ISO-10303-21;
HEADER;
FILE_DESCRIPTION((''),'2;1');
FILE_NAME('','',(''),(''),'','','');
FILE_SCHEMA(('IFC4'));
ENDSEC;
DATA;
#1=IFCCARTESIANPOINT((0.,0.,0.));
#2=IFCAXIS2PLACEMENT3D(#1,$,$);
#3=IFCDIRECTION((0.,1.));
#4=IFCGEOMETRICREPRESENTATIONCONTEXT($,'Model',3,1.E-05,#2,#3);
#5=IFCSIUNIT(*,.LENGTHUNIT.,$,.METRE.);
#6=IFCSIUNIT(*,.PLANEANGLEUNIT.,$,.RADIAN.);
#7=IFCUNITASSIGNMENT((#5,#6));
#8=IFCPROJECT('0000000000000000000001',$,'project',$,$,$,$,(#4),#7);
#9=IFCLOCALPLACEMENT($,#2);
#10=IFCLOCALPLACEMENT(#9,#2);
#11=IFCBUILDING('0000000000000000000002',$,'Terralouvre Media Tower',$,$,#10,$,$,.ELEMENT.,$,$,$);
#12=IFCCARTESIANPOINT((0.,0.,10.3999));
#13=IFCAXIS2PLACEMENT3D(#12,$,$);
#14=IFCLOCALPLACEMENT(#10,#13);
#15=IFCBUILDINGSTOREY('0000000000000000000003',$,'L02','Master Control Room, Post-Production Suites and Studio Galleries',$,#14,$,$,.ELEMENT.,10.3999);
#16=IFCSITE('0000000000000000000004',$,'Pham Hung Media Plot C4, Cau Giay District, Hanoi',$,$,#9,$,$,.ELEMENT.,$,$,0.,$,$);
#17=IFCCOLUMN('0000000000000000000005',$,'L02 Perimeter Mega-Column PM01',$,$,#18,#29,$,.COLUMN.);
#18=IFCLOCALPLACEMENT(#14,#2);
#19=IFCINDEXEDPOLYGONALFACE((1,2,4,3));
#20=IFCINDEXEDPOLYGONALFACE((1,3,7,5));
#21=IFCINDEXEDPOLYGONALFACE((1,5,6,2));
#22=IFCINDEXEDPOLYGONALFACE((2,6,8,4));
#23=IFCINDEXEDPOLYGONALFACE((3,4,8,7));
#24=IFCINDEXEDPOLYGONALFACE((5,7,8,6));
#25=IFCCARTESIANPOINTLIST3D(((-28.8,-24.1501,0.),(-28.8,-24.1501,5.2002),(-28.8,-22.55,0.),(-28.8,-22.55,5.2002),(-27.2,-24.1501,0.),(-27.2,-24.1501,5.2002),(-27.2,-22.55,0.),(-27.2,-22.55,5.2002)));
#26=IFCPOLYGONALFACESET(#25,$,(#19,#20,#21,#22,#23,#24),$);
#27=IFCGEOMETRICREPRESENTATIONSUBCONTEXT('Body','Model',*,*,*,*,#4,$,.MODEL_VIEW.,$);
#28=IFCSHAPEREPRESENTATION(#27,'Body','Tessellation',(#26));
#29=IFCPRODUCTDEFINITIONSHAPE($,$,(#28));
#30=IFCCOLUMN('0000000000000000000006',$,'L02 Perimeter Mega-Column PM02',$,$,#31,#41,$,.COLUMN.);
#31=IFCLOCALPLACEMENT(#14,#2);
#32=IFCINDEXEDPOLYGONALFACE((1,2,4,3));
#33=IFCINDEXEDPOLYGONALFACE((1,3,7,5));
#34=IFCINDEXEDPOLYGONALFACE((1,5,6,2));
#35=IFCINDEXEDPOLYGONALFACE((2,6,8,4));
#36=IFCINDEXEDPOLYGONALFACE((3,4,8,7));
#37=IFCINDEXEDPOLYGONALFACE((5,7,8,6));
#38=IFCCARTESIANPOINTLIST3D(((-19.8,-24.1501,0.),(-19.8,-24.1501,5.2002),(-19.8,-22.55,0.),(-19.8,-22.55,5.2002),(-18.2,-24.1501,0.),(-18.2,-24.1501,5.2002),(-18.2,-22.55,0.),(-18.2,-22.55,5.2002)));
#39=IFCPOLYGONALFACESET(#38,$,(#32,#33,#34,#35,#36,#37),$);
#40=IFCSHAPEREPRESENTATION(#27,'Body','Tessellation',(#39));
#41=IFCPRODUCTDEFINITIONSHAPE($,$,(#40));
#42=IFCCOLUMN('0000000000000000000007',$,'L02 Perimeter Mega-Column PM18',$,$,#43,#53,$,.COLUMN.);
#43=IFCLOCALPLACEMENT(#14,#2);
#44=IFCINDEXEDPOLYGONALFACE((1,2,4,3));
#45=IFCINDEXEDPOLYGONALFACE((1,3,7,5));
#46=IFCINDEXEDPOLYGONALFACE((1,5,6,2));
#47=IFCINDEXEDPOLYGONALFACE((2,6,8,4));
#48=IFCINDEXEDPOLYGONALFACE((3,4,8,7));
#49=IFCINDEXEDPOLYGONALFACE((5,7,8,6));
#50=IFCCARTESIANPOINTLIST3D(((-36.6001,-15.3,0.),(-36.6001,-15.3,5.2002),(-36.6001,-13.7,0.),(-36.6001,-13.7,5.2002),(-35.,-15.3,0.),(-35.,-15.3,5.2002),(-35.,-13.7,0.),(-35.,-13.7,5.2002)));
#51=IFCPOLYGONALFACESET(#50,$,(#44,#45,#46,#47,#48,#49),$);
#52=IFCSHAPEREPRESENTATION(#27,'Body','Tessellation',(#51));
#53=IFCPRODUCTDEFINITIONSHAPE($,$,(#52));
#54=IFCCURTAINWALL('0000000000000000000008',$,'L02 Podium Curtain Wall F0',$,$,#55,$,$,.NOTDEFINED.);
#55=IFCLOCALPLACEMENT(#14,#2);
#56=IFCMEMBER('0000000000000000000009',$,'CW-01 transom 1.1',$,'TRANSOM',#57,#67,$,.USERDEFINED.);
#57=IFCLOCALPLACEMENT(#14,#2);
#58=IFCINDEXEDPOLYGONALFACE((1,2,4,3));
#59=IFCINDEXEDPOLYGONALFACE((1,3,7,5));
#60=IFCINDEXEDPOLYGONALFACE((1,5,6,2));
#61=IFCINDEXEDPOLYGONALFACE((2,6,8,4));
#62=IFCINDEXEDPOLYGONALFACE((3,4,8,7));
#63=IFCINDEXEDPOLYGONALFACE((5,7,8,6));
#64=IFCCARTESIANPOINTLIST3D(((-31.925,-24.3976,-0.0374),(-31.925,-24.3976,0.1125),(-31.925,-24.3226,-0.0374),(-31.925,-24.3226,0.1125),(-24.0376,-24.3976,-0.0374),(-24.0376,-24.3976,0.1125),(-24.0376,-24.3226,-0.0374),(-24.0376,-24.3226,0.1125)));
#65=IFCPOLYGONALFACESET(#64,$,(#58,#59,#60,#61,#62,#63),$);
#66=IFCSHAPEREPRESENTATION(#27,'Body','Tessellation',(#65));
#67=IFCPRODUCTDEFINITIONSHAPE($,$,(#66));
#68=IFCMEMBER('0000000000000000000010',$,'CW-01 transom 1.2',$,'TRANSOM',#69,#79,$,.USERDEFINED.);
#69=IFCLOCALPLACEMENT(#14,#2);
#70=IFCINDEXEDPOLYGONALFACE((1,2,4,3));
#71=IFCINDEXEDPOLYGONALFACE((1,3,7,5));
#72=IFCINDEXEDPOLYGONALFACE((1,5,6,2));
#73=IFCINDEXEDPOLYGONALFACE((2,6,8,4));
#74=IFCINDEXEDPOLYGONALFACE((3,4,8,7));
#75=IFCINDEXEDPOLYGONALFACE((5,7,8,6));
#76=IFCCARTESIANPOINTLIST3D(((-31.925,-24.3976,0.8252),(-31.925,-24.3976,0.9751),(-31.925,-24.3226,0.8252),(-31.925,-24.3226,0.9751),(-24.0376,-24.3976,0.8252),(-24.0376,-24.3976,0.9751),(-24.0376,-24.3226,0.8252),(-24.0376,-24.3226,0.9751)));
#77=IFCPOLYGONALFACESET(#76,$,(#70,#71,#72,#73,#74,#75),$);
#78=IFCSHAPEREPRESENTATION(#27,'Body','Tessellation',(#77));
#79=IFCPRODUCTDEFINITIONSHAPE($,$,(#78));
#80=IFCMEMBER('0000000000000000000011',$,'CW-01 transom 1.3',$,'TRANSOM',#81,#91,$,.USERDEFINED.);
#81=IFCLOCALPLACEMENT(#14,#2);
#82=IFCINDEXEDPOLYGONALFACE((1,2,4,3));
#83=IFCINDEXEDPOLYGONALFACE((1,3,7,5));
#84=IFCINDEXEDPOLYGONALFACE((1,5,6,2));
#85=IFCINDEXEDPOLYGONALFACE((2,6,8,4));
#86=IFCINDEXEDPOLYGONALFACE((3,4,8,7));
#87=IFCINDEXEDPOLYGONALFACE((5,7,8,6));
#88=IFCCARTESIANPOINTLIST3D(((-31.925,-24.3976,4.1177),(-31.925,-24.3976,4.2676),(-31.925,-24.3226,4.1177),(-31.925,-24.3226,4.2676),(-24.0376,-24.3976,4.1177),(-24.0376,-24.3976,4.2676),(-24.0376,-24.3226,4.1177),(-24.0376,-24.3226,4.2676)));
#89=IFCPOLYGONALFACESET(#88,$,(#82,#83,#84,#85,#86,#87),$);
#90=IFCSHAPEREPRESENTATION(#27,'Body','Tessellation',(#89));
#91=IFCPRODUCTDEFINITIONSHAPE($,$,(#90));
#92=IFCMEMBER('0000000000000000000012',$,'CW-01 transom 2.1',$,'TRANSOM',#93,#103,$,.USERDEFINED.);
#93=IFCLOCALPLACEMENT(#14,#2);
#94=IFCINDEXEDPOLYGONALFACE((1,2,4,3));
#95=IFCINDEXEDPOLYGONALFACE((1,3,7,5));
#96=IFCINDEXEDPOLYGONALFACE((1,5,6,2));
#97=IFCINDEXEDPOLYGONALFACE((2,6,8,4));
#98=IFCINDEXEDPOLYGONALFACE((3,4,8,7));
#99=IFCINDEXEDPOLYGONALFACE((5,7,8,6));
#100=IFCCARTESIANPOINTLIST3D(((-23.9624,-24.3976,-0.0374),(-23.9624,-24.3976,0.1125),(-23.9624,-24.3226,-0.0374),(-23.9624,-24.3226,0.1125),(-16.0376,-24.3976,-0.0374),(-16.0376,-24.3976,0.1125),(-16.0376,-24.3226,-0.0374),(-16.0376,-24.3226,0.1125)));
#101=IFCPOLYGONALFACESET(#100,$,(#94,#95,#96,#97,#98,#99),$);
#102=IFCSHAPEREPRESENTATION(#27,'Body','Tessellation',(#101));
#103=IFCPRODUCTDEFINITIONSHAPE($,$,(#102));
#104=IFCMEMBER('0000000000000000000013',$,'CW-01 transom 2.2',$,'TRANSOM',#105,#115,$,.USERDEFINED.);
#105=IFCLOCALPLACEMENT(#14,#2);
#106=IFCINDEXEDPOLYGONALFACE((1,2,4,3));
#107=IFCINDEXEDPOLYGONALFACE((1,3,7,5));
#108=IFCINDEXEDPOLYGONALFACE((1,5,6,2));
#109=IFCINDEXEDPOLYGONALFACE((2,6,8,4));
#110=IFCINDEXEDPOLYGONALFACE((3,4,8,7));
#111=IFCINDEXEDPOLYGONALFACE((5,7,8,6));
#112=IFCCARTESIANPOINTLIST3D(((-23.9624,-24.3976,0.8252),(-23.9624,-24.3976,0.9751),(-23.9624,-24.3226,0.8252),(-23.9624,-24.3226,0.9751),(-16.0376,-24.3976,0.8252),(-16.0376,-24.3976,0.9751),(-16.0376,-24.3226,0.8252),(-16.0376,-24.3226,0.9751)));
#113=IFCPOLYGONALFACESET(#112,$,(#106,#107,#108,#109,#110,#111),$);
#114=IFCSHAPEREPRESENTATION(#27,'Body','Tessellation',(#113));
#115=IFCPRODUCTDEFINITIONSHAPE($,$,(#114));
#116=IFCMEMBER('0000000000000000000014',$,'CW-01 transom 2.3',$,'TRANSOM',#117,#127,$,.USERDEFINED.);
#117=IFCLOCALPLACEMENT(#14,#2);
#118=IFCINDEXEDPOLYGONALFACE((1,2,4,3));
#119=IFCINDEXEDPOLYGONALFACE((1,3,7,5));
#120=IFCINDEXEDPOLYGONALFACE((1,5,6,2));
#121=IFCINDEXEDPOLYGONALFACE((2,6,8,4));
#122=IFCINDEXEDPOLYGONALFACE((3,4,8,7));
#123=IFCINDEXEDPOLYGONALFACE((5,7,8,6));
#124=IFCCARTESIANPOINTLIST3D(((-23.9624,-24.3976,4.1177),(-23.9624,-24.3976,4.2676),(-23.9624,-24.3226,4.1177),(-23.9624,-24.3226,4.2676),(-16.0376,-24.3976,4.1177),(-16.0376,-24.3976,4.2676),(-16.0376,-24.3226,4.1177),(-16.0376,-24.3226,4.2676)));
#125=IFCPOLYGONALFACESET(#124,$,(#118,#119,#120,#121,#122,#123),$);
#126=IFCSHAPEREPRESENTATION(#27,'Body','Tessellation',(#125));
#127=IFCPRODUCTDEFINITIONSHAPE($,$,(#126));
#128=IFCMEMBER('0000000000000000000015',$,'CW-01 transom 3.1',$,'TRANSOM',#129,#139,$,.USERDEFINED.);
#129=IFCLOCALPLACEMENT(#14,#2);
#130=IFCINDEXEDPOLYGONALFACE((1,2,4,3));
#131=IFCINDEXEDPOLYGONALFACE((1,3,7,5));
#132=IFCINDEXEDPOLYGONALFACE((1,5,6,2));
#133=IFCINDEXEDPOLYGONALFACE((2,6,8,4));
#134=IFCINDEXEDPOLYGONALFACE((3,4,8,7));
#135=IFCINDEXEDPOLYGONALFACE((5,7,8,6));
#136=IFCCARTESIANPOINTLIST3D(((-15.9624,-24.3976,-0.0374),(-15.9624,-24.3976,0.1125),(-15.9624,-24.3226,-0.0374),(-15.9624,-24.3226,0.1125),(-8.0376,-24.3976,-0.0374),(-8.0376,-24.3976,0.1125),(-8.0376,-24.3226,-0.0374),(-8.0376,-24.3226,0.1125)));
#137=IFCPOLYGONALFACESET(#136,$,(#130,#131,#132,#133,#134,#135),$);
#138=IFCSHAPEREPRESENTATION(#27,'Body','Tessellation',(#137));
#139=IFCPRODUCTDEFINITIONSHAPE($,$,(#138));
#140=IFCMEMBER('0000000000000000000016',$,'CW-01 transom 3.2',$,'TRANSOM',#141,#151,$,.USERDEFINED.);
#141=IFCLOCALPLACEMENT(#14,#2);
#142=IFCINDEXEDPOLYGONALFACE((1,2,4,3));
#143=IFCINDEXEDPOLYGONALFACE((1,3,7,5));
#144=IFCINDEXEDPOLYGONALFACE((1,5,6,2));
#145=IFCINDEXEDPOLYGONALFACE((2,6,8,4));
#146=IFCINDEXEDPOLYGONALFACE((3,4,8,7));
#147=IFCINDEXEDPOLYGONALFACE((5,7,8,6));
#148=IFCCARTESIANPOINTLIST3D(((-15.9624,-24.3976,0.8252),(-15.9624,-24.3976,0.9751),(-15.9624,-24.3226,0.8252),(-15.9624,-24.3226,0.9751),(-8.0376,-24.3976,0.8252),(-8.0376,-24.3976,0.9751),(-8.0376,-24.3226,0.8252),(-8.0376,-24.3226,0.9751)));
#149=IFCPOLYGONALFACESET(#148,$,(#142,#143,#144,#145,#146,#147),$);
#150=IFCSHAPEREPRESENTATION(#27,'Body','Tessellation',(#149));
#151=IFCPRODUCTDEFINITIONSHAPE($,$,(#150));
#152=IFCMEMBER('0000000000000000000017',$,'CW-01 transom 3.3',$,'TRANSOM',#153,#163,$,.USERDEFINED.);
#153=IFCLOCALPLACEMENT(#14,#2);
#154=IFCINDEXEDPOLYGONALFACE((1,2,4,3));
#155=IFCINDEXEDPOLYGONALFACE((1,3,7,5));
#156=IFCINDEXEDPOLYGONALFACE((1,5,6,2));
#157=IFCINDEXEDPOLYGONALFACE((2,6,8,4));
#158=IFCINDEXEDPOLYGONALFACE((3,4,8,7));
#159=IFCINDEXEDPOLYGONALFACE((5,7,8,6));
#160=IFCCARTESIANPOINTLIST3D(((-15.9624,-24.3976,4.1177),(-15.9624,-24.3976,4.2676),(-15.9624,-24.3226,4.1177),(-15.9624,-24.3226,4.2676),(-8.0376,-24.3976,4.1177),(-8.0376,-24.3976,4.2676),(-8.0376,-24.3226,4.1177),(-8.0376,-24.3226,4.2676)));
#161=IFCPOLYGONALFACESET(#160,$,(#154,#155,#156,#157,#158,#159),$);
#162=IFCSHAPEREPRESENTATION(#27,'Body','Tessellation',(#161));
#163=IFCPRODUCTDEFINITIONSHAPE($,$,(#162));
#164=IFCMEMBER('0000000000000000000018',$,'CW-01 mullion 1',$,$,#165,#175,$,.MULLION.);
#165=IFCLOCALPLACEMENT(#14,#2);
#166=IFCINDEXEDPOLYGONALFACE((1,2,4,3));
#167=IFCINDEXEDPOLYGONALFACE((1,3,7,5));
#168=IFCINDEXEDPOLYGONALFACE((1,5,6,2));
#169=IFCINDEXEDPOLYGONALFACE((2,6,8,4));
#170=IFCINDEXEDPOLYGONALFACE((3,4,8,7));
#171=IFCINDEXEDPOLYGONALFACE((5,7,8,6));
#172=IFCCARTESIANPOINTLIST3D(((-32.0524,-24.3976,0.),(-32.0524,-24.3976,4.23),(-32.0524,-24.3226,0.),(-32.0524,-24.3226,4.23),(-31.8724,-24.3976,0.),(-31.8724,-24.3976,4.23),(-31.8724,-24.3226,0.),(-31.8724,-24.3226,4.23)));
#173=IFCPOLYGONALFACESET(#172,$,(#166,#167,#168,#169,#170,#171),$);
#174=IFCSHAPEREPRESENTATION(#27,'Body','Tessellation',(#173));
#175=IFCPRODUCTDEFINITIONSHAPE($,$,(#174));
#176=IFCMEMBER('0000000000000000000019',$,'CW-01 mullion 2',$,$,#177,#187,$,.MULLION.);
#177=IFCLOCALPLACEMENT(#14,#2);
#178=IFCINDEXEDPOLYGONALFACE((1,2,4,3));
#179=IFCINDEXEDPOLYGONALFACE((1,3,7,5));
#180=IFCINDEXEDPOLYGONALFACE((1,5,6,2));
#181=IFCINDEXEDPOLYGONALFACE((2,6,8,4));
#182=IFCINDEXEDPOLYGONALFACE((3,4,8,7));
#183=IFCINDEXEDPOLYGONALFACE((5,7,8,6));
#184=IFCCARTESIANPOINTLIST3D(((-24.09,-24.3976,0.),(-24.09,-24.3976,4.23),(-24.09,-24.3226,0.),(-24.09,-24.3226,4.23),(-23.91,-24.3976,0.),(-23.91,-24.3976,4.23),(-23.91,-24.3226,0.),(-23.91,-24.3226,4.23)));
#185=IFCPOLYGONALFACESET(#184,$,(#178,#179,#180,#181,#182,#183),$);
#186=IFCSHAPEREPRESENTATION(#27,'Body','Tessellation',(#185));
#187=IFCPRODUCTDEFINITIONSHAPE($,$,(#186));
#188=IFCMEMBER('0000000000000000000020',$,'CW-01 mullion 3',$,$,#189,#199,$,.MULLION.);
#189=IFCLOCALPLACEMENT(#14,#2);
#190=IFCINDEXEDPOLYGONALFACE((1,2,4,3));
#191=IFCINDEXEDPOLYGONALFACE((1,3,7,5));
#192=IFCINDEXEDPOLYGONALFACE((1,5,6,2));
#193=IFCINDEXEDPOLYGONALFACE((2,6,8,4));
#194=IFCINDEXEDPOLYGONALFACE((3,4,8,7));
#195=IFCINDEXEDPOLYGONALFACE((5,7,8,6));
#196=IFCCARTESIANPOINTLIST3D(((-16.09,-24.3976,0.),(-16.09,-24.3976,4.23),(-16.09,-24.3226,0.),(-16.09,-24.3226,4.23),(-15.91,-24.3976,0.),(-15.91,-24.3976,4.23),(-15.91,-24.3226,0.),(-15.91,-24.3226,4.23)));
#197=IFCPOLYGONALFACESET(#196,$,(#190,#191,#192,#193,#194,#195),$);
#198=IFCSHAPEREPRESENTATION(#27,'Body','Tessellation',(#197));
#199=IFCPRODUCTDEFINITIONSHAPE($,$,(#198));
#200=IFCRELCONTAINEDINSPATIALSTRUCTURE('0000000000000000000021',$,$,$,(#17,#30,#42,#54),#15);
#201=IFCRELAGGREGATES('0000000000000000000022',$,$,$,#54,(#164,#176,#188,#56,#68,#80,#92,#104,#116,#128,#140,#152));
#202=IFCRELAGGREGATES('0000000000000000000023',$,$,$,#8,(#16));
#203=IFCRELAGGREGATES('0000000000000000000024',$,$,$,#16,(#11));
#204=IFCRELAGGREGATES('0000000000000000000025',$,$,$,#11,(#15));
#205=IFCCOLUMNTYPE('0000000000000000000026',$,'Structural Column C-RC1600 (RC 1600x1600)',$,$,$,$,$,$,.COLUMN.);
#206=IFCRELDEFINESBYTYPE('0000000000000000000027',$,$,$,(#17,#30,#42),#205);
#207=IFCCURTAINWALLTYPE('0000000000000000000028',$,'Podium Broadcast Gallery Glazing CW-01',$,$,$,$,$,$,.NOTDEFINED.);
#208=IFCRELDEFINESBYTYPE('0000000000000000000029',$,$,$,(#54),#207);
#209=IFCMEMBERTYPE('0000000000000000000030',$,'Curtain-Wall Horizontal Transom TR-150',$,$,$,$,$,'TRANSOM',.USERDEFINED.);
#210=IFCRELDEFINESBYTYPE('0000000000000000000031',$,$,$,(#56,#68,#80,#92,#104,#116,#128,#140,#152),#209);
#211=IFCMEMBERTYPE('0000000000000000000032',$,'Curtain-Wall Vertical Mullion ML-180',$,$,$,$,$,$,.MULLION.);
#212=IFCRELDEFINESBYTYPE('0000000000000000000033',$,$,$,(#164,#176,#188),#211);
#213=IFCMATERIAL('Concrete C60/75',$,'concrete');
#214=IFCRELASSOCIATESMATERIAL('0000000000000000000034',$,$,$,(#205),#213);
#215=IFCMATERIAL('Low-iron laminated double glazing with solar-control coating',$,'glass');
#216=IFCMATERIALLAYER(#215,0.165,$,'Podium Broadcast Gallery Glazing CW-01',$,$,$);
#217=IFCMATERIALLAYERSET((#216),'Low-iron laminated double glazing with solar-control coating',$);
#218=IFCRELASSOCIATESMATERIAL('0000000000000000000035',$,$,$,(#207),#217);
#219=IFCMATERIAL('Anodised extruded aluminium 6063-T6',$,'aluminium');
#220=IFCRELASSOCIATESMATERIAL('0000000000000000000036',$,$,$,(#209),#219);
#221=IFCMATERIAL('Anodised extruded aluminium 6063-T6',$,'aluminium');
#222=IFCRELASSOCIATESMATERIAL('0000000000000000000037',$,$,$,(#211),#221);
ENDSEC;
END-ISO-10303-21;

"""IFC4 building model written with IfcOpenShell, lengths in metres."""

from ifc_helpers import new_model, si_unit, direction, frame, origin, origin_2d, place, context, subcontext, project, spatial, rectangle, extrude, material, layer, layer_set, material_profile, profile_set, type_object, element, aggregate, save


model = new_model("IFC4")

# Units and contexts
model_context = context("Model", 3, precision=1e-05, world=origin(), true_north=direction((0.0, 1.0)))
body_context = subcontext(model_context, "Body", "Model", "MODEL_VIEW")
ifc_project = project(units=[si_unit("LENGTHUNIT", "METRE"), si_unit("PLANEANGLEUNIT", "RADIAN")], contexts=[model_context])

# Site, building, storey
site_placement = place(None, origin())
site = spatial("IfcSite", under=ifc_project, at=site_placement, Name="Pham Hung Media Plot C4, Cau Giay District, Hanoi", CompositionType="ELEMENT", RefElevation=0.0)
building_placement = place(site_placement, origin())
building = spatial("IfcBuilding", under=site, at=building_placement, Name="Terralouvre Media Tower", CompositionType="ELEMENT")
storey_placement = place(building_placement, frame((0.0, 0.0, 10.3999)))
storey = spatial("IfcBuildingStorey", under=building, at=storey_placement, Name="L02", Description="Master Control Room, Post-Production Suites and Studio Galleries", CompositionType="ELEMENT", Elevation=10.3999)

# Columns
ifc_material_1 = material(Name="Concrete C60/75", Category="concrete")
ifc_material_profile_1 = material_profile(ifc_material_1, rectangle(XDim=1.6001, YDim=1.6001, at=origin_2d()), Name="RC 1600x1600")
ifc_profile_set_1 = profile_set([ifc_material_profile_1], Name="Concrete C60/75")
column_type = type_object("IfcColumnType", Name="Structural Column C-RC1600 (RC 1600x1600)", PredefinedType="COLUMN", material=ifc_profile_set_1)
for number, where, z_axis, x_axis, name in (
    (1, (-28.0, -23.3501, 0.0), (0.0, 0.0, 1.0), (1.0, 0.0, 0.0), "L02 Perimeter Mega-Column PM01"),
    (2, (-19.0, -23.3501, 0.0), (0.0, 0.0, 1.0), (1.0, 0.0, 0.0), "L02 Perimeter Mega-Column PM02"),
    (3, (-35.8, -14.5, 0.0), (0.0, 0.0, 1.0), (1.0, 0.0, 0.0), "L02 Perimeter Mega-Column PM18"),
):
    element("IfcColumn", number, at=place(storey_placement, frame(where, z_axis=z_axis, x_axis=x_axis)), inside=storey, type_object=column_type, Name=name, PredefinedType="COLUMN", context=body_context, shape_type="SweptSolid", body=[
        extrude(rectangle(XDim=1.6001, YDim=1.6001, at=origin_2d()), origin(), (0.0, 0.0, 1.0), 5.2002),
    ])

# Curtain wall, members
ifc_material_2 = material(Name="Low-iron laminated double glazing with solar-control coating", Category="glass")
ifc_layer_1 = layer(ifc_material_2, 0.165, Name="Podium Broadcast Gallery Glazing CW-01")
ifc_layer_set_1 = layer_set([ifc_layer_1], Name="Low-iron laminated double glazing with solar-control coating")
curtain_wall_type = type_object("IfcCurtainWallType", Name="Podium Broadcast Gallery Glazing CW-01", PredefinedType="NOTDEFINED", material=ifc_layer_set_1)
curtain_wall_placement = place(storey_placement, origin())
curtain_wall = element("IfcCurtainWall", 4, at=curtain_wall_placement, inside=storey, type_object=curtain_wall_type, Name="L02 Podium Curtain Wall F0", PredefinedType="NOTDEFINED")
ifc_material_3 = material(Name="Anodised extruded aluminium 6063-T6", Category="aluminium")
ifc_material_profile_2 = material_profile(ifc_material_3, rectangle(XDim=0.075, YDim=0.1499, at=origin_2d()), Name="ALU 75x150")
ifc_profile_set_2 = profile_set([ifc_material_profile_2], Name="Anodised extruded aluminium 6063-T6")
member_type_1 = type_object("IfcMemberType", Name="Curtain-Wall Horizontal Transom TR-150", ElementType="TRANSOM", PredefinedType="USERDEFINED", material=ifc_profile_set_2)
member_1_placement = place(storey_placement, frame((-31.925, -24.3601, 0.0376), z_axis=(1.0, 0.0, 0.0), x_axis=(0.0, 1.0, 0.0)))
member_1 = element("IfcMember", 5, at=member_1_placement, type_object=member_type_1, Name="CW-01 transom 1.1", ObjectType="TRANSOM", PredefinedType="USERDEFINED", context=body_context, shape_type="SweptSolid", body=[
    extrude(rectangle(XDim=0.075, YDim=0.1499, at=origin_2d()), origin(), (0.0, 0.0, 1.0), 7.8875),
])
member_2_placement = place(storey_placement, frame((-31.925, -24.3601, 0.9001), z_axis=(1.0, 0.0, 0.0), x_axis=(0.0, 1.0, 0.0)))
member_2 = element("IfcMember", 6, at=member_2_placement, type_object=member_type_1, Name="CW-01 transom 1.2", ObjectType="TRANSOM", PredefinedType="USERDEFINED", context=body_context, shape_type="SweptSolid", body=[
    extrude(rectangle(XDim=0.075, YDim=0.1499, at=origin_2d()), origin(), (0.0, 0.0, 1.0), 7.8875),
])
member_3_placement = place(storey_placement, frame((-31.925, -24.3601, 4.1926), z_axis=(1.0, 0.0, 0.0), x_axis=(0.0, 1.0, 0.0)))
member_3 = element("IfcMember", 7, at=member_3_placement, type_object=member_type_1, Name="CW-01 transom 1.3", ObjectType="TRANSOM", PredefinedType="USERDEFINED", context=body_context, shape_type="SweptSolid", body=[
    extrude(rectangle(XDim=0.075, YDim=0.1499, at=origin_2d()), origin(), (0.0, 0.0, 1.0), 7.8875),
])
member_4_placement = place(storey_placement, frame((-23.9624, -24.3601, 0.0376), z_axis=(1.0, 0.0, 0.0), x_axis=(0.0, 1.0, 0.0)))
member_4 = element("IfcMember", 8, at=member_4_placement, type_object=member_type_1, Name="CW-01 transom 2.1", ObjectType="TRANSOM", PredefinedType="USERDEFINED", context=body_context, shape_type="SweptSolid", body=[
    extrude(rectangle(XDim=0.075, YDim=0.1499, at=origin_2d()), origin(), (0.0, 0.0, 1.0), 7.9248),
])
member_5_placement = place(storey_placement, frame((-23.9624, -24.3601, 0.9001), z_axis=(1.0, 0.0, 0.0), x_axis=(0.0, 1.0, 0.0)))
member_5 = element("IfcMember", 9, at=member_5_placement, type_object=member_type_1, Name="CW-01 transom 2.2", ObjectType="TRANSOM", PredefinedType="USERDEFINED", context=body_context, shape_type="SweptSolid", body=[
    extrude(rectangle(XDim=0.075, YDim=0.1499, at=origin_2d()), origin(), (0.0, 0.0, 1.0), 7.9248),
])
member_6_placement = place(storey_placement, frame((-23.9624, -24.3601, 4.1926), z_axis=(1.0, 0.0, 0.0), x_axis=(0.0, 1.0, 0.0)))
member_6 = element("IfcMember", 10, at=member_6_placement, type_object=member_type_1, Name="CW-01 transom 2.3", ObjectType="TRANSOM", PredefinedType="USERDEFINED", context=body_context, shape_type="SweptSolid", body=[
    extrude(rectangle(XDim=0.075, YDim=0.1499, at=origin_2d()), origin(), (0.0, 0.0, 1.0), 7.9248),
])
member_7_placement = place(storey_placement, frame((-15.9624, -24.3601, 0.0376), z_axis=(1.0, 0.0, 0.0), x_axis=(0.0, 1.0, 0.0)))
member_7 = element("IfcMember", 11, at=member_7_placement, type_object=member_type_1, Name="CW-01 transom 3.1", ObjectType="TRANSOM", PredefinedType="USERDEFINED", context=body_context, shape_type="SweptSolid", body=[
    extrude(rectangle(XDim=0.075, YDim=0.1499, at=origin_2d()), origin(), (0.0, 0.0, 1.0), 7.9248),
])
member_8_placement = place(storey_placement, frame((-15.9624, -24.3601, 0.9001), z_axis=(1.0, 0.0, 0.0), x_axis=(0.0, 1.0, 0.0)))
member_8 = element("IfcMember", 12, at=member_8_placement, type_object=member_type_1, Name="CW-01 transom 3.2", ObjectType="TRANSOM", PredefinedType="USERDEFINED", context=body_context, shape_type="SweptSolid", body=[
    extrude(rectangle(XDim=0.075, YDim=0.1499, at=origin_2d()), origin(), (0.0, 0.0, 1.0), 7.9248),
])
member_9_placement = place(storey_placement, frame((-15.9624, -24.3601, 4.1926), z_axis=(1.0, 0.0, 0.0), x_axis=(0.0, 1.0, 0.0)))
member_9 = element("IfcMember", 13, at=member_9_placement, type_object=member_type_1, Name="CW-01 transom 3.3", ObjectType="TRANSOM", PredefinedType="USERDEFINED", context=body_context, shape_type="SweptSolid", body=[
    extrude(rectangle(XDim=0.075, YDim=0.1499, at=origin_2d()), origin(), (0.0, 0.0, 1.0), 7.9248),
])
ifc_material_4 = material(Name="Anodised extruded aluminium 6063-T6", Category="aluminium")
ifc_material_profile_3 = material_profile(ifc_material_4, rectangle(XDim=0.075, YDim=0.1799, at=origin_2d()), Name="ALU 75x180")
ifc_profile_set_3 = profile_set([ifc_material_profile_3], Name="Anodised extruded aluminium 6063-T6")
member_type_2 = type_object("IfcMemberType", Name="Curtain-Wall Vertical Mullion ML-180", PredefinedType="MULLION", material=ifc_profile_set_3)
member_10_placement = place(storey_placement, frame((-31.9624, -24.3601, 0.0), z_axis=(0.0, 0.0, 1.0), x_axis=(0.0, 1.0, 0.0)))
member_10 = element("IfcMember", 14, at=member_10_placement, type_object=member_type_2, Name="CW-01 mullion 1", PredefinedType="MULLION", context=body_context, shape_type="SweptSolid", body=[
    extrude(rectangle(XDim=0.075, YDim=0.1799, at=origin_2d()), origin(), (0.0, 0.0, 1.0), 4.23),
])
member_11_placement = place(storey_placement, frame((-24.0, -24.3601, 0.0), z_axis=(0.0, 0.0, 1.0), x_axis=(0.0, 1.0, 0.0)))
member_11 = element("IfcMember", 15, at=member_11_placement, type_object=member_type_2, Name="CW-01 mullion 2", PredefinedType="MULLION", context=body_context, shape_type="SweptSolid", body=[
    extrude(rectangle(XDim=0.075, YDim=0.1799, at=origin_2d()), origin(), (0.0, 0.0, 1.0), 4.23),
])
member_12_placement = place(storey_placement, frame((-16.0, -24.3601, 0.0), z_axis=(0.0, 0.0, 1.0), x_axis=(0.0, 1.0, 0.0)))
member_12 = element("IfcMember", 16, at=member_12_placement, type_object=member_type_2, Name="CW-01 mullion 3", PredefinedType="MULLION", context=body_context, shape_type="SweptSolid", body=[
    extrude(rectangle(XDim=0.075, YDim=0.1799, at=origin_2d()), origin(), (0.0, 0.0, 1.0), 4.23),
])

aggregate(curtain_wall, [member_10, member_11, member_12, member_1, member_2, member_3, member_4, member_5, member_6, member_7, member_8, member_9])

save(model, "model.ifc")
